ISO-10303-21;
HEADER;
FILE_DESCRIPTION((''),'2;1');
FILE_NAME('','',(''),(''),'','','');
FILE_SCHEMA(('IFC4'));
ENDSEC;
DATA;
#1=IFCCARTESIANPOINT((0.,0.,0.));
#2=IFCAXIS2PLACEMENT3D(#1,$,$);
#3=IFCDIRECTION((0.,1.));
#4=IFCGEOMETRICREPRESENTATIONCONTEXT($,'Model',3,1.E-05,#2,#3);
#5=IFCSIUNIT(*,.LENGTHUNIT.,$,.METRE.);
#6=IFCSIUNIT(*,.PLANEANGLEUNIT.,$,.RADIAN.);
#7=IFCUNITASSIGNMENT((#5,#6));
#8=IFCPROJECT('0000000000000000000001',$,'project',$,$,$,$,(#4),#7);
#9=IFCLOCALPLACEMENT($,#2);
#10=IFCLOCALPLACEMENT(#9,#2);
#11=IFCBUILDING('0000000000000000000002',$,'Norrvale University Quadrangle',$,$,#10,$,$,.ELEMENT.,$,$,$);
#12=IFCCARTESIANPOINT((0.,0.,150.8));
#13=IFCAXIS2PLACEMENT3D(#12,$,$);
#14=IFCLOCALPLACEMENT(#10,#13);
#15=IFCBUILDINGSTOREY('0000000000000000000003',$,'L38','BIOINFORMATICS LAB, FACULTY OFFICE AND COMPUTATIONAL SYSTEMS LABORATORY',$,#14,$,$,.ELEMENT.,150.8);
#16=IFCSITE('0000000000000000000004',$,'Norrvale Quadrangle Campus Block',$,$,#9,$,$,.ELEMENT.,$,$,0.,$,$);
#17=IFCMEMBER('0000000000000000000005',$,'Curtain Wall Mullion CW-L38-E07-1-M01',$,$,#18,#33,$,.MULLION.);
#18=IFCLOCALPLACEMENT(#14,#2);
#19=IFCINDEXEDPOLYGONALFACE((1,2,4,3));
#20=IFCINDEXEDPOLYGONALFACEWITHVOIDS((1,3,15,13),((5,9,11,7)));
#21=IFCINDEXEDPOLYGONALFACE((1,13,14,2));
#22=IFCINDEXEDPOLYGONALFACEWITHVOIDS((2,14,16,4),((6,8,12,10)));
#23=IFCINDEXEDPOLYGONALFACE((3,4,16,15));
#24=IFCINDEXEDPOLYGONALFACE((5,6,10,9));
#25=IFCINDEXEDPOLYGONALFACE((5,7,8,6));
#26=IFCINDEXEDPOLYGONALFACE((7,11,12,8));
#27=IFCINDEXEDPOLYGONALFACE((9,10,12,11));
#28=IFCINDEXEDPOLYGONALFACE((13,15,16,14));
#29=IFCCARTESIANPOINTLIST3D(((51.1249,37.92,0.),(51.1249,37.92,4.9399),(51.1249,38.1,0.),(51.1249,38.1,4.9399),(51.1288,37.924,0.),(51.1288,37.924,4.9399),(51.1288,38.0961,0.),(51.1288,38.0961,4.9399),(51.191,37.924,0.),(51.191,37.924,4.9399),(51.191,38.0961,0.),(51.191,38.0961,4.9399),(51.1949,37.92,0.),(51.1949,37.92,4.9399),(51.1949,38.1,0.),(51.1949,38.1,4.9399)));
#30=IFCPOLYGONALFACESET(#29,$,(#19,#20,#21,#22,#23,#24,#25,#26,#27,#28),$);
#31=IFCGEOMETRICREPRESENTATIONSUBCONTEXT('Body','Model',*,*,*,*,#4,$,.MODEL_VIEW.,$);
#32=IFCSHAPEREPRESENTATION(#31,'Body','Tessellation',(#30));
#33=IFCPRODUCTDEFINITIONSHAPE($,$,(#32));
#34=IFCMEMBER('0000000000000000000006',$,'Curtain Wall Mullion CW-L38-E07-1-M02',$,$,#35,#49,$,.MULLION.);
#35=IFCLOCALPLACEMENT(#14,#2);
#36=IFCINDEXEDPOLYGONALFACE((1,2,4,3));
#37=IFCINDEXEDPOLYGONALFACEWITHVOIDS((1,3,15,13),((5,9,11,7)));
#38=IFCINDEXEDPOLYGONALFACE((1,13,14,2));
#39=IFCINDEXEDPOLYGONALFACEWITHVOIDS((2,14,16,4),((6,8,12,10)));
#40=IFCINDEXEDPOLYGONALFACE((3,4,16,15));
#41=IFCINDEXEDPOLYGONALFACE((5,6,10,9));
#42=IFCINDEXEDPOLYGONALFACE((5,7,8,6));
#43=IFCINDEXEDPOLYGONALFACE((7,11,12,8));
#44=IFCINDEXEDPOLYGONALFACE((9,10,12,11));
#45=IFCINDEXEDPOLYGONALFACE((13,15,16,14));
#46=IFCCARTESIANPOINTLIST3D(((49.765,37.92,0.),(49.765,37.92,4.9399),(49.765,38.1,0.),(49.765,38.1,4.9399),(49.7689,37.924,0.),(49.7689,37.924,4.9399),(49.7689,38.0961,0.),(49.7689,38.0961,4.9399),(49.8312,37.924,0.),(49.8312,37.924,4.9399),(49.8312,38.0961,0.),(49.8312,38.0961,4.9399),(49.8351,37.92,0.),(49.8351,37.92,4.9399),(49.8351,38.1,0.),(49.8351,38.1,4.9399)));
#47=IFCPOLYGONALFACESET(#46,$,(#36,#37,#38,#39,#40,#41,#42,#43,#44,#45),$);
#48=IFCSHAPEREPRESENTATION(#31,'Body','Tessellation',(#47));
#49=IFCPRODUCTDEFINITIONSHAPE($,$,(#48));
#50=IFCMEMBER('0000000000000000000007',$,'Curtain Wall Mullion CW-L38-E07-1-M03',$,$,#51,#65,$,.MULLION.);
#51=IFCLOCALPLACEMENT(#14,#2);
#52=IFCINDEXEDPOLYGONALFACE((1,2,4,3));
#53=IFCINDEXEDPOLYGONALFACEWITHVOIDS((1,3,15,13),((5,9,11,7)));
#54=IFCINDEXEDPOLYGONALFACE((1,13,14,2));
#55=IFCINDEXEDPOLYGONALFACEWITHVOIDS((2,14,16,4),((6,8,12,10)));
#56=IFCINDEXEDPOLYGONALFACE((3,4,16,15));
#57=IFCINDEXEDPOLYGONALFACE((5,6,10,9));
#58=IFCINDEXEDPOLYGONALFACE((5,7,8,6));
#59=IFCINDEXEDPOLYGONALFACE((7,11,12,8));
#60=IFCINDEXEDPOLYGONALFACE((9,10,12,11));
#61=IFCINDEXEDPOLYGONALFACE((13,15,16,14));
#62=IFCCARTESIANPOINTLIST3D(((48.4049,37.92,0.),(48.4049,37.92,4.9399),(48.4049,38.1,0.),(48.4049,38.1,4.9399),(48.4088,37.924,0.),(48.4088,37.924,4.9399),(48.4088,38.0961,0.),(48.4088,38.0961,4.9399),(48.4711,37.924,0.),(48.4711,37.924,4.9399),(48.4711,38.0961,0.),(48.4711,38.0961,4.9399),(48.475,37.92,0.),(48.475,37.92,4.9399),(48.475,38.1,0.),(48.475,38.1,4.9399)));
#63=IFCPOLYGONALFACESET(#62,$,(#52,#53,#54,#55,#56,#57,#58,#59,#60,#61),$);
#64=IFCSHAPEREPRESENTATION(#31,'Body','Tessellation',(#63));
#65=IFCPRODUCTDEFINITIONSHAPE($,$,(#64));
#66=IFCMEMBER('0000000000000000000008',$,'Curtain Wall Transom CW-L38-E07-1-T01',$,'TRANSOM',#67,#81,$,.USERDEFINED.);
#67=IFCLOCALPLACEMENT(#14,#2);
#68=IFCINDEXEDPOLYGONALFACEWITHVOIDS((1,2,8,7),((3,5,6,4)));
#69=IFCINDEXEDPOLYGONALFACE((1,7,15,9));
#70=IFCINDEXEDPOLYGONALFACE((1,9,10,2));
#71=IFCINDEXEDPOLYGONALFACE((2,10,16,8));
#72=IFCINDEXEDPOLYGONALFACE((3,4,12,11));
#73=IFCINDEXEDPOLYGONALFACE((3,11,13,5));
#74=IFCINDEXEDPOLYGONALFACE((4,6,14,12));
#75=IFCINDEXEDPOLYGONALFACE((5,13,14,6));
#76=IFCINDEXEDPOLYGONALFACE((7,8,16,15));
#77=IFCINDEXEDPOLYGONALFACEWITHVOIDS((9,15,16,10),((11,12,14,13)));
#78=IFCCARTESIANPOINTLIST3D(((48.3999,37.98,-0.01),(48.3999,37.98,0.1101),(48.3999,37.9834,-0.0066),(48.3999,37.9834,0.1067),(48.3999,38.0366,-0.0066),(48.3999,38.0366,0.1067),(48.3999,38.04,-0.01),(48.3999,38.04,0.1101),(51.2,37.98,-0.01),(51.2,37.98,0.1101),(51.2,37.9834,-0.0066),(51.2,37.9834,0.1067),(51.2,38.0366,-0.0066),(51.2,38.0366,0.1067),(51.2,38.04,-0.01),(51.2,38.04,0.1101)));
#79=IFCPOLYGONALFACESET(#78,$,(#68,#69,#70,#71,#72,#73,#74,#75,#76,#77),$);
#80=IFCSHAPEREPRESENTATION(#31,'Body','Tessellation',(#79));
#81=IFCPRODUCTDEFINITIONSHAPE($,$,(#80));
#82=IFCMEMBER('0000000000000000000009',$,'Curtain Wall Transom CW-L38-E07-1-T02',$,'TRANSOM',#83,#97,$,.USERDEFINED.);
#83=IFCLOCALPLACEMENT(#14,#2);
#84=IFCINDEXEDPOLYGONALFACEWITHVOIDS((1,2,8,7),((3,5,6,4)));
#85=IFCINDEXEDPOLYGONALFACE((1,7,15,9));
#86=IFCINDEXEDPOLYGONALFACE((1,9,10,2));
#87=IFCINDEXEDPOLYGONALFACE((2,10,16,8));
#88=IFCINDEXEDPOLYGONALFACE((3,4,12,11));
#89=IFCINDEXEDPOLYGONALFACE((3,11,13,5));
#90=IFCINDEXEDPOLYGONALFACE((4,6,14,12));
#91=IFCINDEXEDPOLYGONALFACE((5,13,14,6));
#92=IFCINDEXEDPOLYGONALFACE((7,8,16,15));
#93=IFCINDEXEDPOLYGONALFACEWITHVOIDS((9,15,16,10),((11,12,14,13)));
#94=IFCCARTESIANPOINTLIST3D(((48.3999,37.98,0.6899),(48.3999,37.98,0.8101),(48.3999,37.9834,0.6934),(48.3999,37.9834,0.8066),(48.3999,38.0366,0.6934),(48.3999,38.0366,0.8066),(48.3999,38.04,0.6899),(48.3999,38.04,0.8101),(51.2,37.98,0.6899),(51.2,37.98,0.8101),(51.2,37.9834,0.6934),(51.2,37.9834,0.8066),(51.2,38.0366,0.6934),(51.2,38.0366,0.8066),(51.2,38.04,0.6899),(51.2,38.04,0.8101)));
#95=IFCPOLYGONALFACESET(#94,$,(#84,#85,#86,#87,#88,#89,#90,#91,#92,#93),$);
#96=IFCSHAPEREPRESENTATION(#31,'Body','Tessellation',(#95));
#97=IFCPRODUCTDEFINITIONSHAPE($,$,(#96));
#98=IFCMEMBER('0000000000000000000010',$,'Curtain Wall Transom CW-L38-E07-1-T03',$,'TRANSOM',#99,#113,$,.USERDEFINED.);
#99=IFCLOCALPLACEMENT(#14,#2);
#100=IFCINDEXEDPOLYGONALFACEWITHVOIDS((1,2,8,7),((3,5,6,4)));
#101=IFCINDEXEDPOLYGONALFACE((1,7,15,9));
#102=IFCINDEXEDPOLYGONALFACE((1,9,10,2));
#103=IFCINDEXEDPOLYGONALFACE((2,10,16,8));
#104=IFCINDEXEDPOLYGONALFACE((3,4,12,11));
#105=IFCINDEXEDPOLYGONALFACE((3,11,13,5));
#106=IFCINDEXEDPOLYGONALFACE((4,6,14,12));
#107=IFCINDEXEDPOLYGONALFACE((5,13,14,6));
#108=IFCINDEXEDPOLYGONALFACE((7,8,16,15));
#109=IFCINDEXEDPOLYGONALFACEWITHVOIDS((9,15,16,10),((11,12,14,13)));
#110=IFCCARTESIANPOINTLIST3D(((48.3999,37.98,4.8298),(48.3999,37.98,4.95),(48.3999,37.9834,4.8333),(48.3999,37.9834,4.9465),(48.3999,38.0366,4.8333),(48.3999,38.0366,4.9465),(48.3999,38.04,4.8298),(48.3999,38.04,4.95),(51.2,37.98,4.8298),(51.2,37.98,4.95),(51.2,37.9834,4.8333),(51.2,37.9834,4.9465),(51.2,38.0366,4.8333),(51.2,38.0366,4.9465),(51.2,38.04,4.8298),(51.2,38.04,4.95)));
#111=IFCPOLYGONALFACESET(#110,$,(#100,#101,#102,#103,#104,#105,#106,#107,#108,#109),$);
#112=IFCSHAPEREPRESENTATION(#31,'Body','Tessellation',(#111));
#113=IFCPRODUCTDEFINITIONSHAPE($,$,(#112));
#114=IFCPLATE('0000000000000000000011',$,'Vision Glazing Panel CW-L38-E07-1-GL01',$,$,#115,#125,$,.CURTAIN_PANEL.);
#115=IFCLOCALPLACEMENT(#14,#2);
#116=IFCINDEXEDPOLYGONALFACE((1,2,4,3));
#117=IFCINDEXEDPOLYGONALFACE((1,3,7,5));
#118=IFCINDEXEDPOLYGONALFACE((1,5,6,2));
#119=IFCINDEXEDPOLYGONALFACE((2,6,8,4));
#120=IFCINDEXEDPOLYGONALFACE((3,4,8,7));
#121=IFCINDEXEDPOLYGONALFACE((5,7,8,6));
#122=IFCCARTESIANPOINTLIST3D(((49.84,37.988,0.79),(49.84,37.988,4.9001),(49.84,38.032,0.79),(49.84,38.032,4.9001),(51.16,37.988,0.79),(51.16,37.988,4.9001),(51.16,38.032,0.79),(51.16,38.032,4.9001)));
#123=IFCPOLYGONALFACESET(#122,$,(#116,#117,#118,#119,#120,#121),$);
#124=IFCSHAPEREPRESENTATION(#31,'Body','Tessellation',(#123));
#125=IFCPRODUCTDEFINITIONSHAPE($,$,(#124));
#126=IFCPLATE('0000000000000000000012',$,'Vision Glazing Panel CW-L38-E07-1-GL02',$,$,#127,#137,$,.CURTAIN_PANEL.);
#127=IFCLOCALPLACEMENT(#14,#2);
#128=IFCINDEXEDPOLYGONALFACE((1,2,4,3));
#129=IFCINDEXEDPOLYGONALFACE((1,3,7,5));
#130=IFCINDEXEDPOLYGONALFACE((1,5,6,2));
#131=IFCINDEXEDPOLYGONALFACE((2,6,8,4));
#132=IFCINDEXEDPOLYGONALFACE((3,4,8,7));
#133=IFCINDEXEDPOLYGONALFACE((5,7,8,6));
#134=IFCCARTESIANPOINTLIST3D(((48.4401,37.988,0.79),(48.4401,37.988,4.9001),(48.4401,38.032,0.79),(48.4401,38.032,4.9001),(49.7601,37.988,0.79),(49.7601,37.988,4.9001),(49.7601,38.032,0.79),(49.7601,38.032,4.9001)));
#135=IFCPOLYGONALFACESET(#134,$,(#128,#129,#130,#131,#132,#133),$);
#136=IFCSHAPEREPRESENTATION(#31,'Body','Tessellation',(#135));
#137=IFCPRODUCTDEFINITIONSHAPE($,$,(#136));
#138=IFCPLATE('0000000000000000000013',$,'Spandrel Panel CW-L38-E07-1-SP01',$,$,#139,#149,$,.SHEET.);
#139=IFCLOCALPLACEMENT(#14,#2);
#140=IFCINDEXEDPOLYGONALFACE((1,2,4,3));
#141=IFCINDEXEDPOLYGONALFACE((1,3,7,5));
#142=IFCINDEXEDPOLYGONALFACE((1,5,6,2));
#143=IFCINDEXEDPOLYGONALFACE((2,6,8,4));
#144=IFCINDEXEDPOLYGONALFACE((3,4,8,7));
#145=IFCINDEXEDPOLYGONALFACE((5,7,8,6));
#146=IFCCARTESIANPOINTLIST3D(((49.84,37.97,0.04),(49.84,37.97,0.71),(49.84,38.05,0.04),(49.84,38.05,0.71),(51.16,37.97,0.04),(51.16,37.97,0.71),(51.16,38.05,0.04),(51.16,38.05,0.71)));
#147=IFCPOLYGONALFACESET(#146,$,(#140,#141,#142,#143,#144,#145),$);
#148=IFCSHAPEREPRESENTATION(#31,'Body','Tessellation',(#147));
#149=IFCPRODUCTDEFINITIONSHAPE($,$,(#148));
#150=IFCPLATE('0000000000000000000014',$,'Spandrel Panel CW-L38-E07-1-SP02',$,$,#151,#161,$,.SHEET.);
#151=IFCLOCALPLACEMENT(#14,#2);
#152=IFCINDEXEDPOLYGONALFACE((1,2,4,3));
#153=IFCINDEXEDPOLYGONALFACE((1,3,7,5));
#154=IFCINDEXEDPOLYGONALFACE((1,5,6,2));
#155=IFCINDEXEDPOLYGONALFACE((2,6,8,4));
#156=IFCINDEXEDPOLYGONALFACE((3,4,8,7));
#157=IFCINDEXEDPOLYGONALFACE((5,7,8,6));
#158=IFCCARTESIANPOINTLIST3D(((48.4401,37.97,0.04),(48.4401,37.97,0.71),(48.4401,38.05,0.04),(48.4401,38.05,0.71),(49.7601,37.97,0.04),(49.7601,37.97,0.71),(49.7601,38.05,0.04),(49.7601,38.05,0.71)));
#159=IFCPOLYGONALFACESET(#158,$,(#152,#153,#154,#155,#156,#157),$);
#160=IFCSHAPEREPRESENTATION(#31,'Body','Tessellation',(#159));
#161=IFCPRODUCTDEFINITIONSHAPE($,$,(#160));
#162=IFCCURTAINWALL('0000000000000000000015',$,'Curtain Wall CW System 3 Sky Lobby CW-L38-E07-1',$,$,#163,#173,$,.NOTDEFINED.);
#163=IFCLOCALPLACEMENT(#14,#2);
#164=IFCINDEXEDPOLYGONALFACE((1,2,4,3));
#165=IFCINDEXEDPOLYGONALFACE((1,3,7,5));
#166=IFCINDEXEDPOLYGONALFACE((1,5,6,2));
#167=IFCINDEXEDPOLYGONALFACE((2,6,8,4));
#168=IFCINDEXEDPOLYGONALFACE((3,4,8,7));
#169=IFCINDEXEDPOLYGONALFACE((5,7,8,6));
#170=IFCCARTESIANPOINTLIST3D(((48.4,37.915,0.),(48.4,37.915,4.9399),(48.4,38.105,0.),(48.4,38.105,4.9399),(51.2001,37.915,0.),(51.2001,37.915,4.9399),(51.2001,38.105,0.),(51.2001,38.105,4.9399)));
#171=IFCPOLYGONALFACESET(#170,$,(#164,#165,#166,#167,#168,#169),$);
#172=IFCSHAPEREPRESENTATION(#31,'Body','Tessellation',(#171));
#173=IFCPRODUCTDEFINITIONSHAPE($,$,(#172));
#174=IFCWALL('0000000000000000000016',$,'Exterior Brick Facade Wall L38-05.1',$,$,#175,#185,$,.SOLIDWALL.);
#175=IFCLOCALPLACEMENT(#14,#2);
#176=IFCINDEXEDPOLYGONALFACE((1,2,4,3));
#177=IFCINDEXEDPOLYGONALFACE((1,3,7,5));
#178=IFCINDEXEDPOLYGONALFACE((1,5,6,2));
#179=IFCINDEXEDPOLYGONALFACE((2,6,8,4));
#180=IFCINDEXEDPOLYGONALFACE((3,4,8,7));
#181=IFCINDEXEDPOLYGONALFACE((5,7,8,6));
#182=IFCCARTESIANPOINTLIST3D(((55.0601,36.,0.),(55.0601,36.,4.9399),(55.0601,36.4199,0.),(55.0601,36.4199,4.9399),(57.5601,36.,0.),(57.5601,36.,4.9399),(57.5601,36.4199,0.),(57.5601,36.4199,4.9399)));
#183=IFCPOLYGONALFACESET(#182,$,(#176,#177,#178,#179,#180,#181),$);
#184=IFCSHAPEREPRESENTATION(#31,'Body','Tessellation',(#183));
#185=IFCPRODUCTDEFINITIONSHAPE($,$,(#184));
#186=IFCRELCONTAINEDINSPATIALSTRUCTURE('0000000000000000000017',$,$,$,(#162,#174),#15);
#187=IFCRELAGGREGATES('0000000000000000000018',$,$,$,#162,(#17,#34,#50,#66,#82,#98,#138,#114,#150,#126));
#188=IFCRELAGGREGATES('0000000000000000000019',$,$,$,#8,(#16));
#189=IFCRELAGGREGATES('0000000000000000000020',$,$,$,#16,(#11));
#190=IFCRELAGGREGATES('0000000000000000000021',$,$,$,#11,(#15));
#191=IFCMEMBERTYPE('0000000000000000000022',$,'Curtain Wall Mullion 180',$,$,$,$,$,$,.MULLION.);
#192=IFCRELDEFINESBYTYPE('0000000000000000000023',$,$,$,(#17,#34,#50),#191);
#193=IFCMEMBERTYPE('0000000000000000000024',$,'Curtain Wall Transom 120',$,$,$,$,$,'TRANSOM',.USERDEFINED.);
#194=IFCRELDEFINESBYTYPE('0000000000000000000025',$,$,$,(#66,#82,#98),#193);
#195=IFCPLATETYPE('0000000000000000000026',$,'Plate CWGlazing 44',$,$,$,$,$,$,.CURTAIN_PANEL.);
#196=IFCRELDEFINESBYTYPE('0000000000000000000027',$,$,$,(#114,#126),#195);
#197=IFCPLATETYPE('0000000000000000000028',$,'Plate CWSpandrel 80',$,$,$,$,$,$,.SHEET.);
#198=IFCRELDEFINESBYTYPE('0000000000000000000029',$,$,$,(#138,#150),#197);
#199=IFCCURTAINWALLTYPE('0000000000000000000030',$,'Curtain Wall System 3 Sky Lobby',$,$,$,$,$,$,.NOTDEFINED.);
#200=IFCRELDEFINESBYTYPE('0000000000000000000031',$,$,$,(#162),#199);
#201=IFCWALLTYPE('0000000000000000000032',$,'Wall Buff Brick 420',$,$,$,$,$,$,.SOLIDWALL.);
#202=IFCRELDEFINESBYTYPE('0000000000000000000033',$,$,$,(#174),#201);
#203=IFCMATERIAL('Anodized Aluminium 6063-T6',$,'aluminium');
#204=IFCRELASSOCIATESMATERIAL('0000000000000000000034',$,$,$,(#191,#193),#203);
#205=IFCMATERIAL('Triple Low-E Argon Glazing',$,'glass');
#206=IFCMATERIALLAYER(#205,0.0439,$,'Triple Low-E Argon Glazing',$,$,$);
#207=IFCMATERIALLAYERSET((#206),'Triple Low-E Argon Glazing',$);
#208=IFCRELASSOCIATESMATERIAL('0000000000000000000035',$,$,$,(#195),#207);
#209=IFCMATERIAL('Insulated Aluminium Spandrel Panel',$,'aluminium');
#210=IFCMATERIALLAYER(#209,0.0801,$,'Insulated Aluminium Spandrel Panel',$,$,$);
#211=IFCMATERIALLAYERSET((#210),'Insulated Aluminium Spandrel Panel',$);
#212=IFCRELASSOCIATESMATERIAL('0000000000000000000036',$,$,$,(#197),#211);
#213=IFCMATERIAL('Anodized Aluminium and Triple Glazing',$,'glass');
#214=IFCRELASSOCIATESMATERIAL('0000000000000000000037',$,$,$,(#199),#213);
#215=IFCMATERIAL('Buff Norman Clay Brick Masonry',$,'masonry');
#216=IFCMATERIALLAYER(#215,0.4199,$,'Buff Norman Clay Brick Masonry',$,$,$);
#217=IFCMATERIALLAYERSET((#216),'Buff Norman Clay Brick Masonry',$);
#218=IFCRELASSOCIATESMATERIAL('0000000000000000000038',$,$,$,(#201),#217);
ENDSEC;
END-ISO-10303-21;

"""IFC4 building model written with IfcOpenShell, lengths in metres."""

from ifc_helpers import new_model, si_unit, direction, frame, frame_2d, origin, origin_2d, place, context, subcontext, project, spatial, rectangle, hollow_rectangle, extrude, material, layer, layer_set, material_profile, profile_set, type_object, element, aggregate, save


model = new_model("IFC4")

# Units and contexts
model_context = context("Model", 3, precision=1e-05, world=origin(), true_north=direction((0.0, 1.0)))
body_context = subcontext(model_context, "Body", "Model", "MODEL_VIEW")
ifc_project = project(units=[si_unit("LENGTHUNIT", "METRE"), si_unit("PLANEANGLEUNIT", "RADIAN")], contexts=[model_context])

# Site, building, storey
site_placement = place(None, origin())
site = spatial("IfcSite", under=ifc_project, at=site_placement, Name="Norrvale Quadrangle Campus Block", CompositionType="ELEMENT", RefElevation=0.0)
building_placement = place(site_placement, origin())
building = spatial("IfcBuilding", under=site, at=building_placement, Name="Norrvale University Quadrangle", CompositionType="ELEMENT")
storey_placement = place(building_placement, frame((0.0, 0.0, 150.8)))
storey = spatial("IfcBuildingStorey", under=building, at=storey_placement, Name="L38", Description="BIOINFORMATICS LAB, FACULTY OFFICE AND COMPUTATIONAL SYSTEMS LABORATORY", CompositionType="ELEMENT", Elevation=150.8)

# Members
ifc_material_1 = material(Name="Anodized Aluminium 6063-T6", Category="aluminium")
ifc_material_profile_1 = material_profile(ifc_material_1, hollow_rectangle(XDim=0.0701, YDim=0.1799, WallThickness=0.0039, at=origin_2d()), Name="Anodized Aluminium 6063-T6")
ifc_profile_set_1 = profile_set([ifc_material_profile_1], Name="Anodized Aluminium 6063-T6")
member_type_1 = type_object("IfcMemberType", Name="Curtain Wall Mullion 180", PredefinedType="MULLION", material=ifc_profile_set_1)
member_1_placement = place(storey_placement, frame((51.1599, 38.01, 0.0), z_axis=(0.0, 0.0, 1.0), x_axis=(-1.0, 0.0, 0.0)))
member_1 = element("IfcMember", 1, at=member_1_placement, type_object=member_type_1, Name="Curtain Wall Mullion CW-L38-E07-1-M01", PredefinedType="MULLION", context=body_context, shape_type="SweptSolid", body=[
    extrude(hollow_rectangle(XDim=0.0701, YDim=0.1799, WallThickness=0.0039, at=origin_2d()), origin(), (0.0, 0.0, 1.0), 4.9399),
])
member_2_placement = place(storey_placement, frame((49.8, 38.01, 0.0), z_axis=(0.0, 0.0, 1.0), x_axis=(-1.0, 0.0, 0.0)))
member_2 = element("IfcMember", 2, at=member_2_placement, type_object=member_type_1, Name="Curtain Wall Mullion CW-L38-E07-1-M02", PredefinedType="MULLION", context=body_context, shape_type="SweptSolid", body=[
    extrude(hollow_rectangle(XDim=0.0701, YDim=0.1799, WallThickness=0.0039, at=origin_2d()), origin(), (0.0, 0.0, 1.0), 4.9399),
])
member_3_placement = place(storey_placement, frame((48.4399, 38.01, 0.0), z_axis=(0.0, 0.0, 1.0), x_axis=(-1.0, 0.0, 0.0)))
member_3 = element("IfcMember", 3, at=member_3_placement, type_object=member_type_1, Name="Curtain Wall Mullion CW-L38-E07-1-M03", PredefinedType="MULLION", context=body_context, shape_type="SweptSolid", body=[
    extrude(hollow_rectangle(XDim=0.0701, YDim=0.1799, WallThickness=0.0039, at=origin_2d()), origin(), (0.0, 0.0, 1.0), 4.9399),
])
ifc_material_profile_2 = material_profile(ifc_material_1, hollow_rectangle(XDim=0.0601, YDim=0.1201, WallThickness=0.0034, at=origin_2d()), Name="Anodized Aluminium 6063-T6")
ifc_profile_set_2 = profile_set([ifc_material_profile_2], Name="Anodized Aluminium 6063-T6")
member_type_2 = type_object("IfcMemberType", Name="Curtain Wall Transom 120", ElementType="TRANSOM", PredefinedType="USERDEFINED", material=ifc_profile_set_2)
member_4_placement = place(storey_placement, frame((51.2, 38.01, 0.05), z_axis=(-1.0, 0.0, 0.0), x_axis=(0.0, -1.0, 0.0)))
member_4 = element("IfcMember", 4, at=member_4_placement, type_object=member_type_2, Name="Curtain Wall Transom CW-L38-E07-1-T01", ObjectType="TRANSOM", PredefinedType="USERDEFINED", context=body_context, shape_type="SweptSolid", body=[
    extrude(hollow_rectangle(XDim=0.0601, YDim=0.1201, WallThickness=0.0034, at=origin_2d()), origin(), (0.0, 0.0, 1.0), 2.8),
])
member_5_placement = place(storey_placement, frame((51.2, 38.01, 0.75), z_axis=(-1.0, 0.0, 0.0), x_axis=(0.0, -1.0, 0.0)))
member_5 = element("IfcMember", 5, at=member_5_placement, type_object=member_type_2, Name="Curtain Wall Transom CW-L38-E07-1-T02", ObjectType="TRANSOM", PredefinedType="USERDEFINED", context=body_context, shape_type="SweptSolid", body=[
    extrude(hollow_rectangle(XDim=0.0601, YDim=0.1201, WallThickness=0.0034, at=origin_2d()), origin(), (0.0, 0.0, 1.0), 2.8),
])
member_6_placement = place(storey_placement, frame((51.2, 38.01, 4.8899), z_axis=(-1.0, 0.0, 0.0), x_axis=(0.0, -1.0, 0.0)))
member_6 = element("IfcMember", 6, at=member_6_placement, type_object=member_type_2, Name="Curtain Wall Transom CW-L38-E07-1-T03", ObjectType="TRANSOM", PredefinedType="USERDEFINED", context=body_context, shape_type="SweptSolid", body=[
    extrude(hollow_rectangle(XDim=0.0601, YDim=0.1201, WallThickness=0.0034, at=origin_2d()), origin(), (0.0, 0.0, 1.0), 2.8),
])

# Plates
ifc_material_2 = material(Name="Triple Low-E Argon Glazing", Category="glass")
ifc_layer_1 = layer(ifc_material_2, 0.0439, Name="Triple Low-E Argon Glazing")
ifc_layer_set_1 = layer_set([ifc_layer_1], Name="Triple Low-E Argon Glazing")
plate_type_1 = type_object("IfcPlateType", Name="Plate CWGlazing 44", PredefinedType="CURTAIN_PANEL", material=ifc_layer_set_1)
plate_1_placement = place(storey_placement, frame((50.5, 38.01, 0.79), z_axis=(0.0, 0.0, 1.0), x_axis=(-1.0, 0.0, 0.0)))
plate_1 = element("IfcPlate", 7, at=plate_1_placement, type_object=plate_type_1, Name="Vision Glazing Panel CW-L38-E07-1-GL01", PredefinedType="CURTAIN_PANEL", context=body_context, shape_type="SweptSolid", body=[
    extrude(rectangle(XDim=1.3201, YDim=0.0439, at=origin_2d()), origin(), (0.0, 0.0, 1.0), 4.1101),
])
plate_2_placement = place(storey_placement, frame((49.1001, 38.01, 0.79), z_axis=(0.0, 0.0, 1.0), x_axis=(-1.0, 0.0, 0.0)))
plate_2 = element("IfcPlate", 8, at=plate_2_placement, type_object=plate_type_1, Name="Vision Glazing Panel CW-L38-E07-1-GL02", PredefinedType="CURTAIN_PANEL", context=body_context, shape_type="SweptSolid", body=[
    extrude(rectangle(XDim=1.3201, YDim=0.0439, at=origin_2d()), origin(), (0.0, 0.0, 1.0), 4.1101),
])
ifc_material_3 = material(Name="Insulated Aluminium Spandrel Panel", Category="aluminium")
ifc_layer_2 = layer(ifc_material_3, 0.0801, Name="Insulated Aluminium Spandrel Panel")
ifc_layer_set_2 = layer_set([ifc_layer_2], Name="Insulated Aluminium Spandrel Panel")
plate_type_2 = type_object("IfcPlateType", Name="Plate CWSpandrel 80", PredefinedType="SHEET", material=ifc_layer_set_2)
plate_3_placement = place(storey_placement, frame((50.5, 38.01, 0.04), z_axis=(0.0, 0.0, 1.0), x_axis=(-1.0, 0.0, 0.0)))
plate_3 = element("IfcPlate", 9, at=plate_3_placement, type_object=plate_type_2, Name="Spandrel Panel CW-L38-E07-1-SP01", PredefinedType="SHEET", context=body_context, shape_type="SweptSolid", body=[
    extrude(rectangle(XDim=1.3201, YDim=0.0801, at=origin_2d()), origin(), (0.0, 0.0, 1.0), 0.6699),
])
plate_4_placement = place(storey_placement, frame((49.1001, 38.01, 0.04), z_axis=(0.0, 0.0, 1.0), x_axis=(-1.0, 0.0, 0.0)))
plate_4 = element("IfcPlate", 10, at=plate_4_placement, type_object=plate_type_2, Name="Spandrel Panel CW-L38-E07-1-SP02", PredefinedType="SHEET", context=body_context, shape_type="SweptSolid", body=[
    extrude(rectangle(XDim=1.3201, YDim=0.0801, at=origin_2d()), origin(), (0.0, 0.0, 1.0), 0.6699),
])

# Curtain wall
ifc_material_4 = material(Name="Anodized Aluminium and Triple Glazing", Category="glass")
curtain_wall_type = type_object("IfcCurtainWallType", Name="Curtain Wall System 3 Sky Lobby", PredefinedType="NOTDEFINED", material=ifc_material_4)
curtain_wall_placement = place(storey_placement, frame((51.2, 38.01, 0.0), z_axis=(0.0, 0.0, 1.0), x_axis=(-1.0, 0.0, 0.0)))
curtain_wall = element("IfcCurtainWall", 11, at=curtain_wall_placement, inside=storey, type_object=curtain_wall_type, Name="Curtain Wall CW System 3 Sky Lobby CW-L38-E07-1", PredefinedType="NOTDEFINED", context=body_context, shape_type="SweptSolid", body=[
    extrude(rectangle(XDim=2.8, YDim=0.1899, at=frame_2d((1.3999, 0.0))), origin(), (0.0, 0.0, 1.0), 4.9399),
])
aggregate(curtain_wall, [member_1, member_2, member_3, member_4, member_5, member_6, plate_3, plate_1, plate_4, plate_2])

# Wall
ifc_material_5 = material(Name="Buff Norman Clay Brick Masonry", Category="masonry")
ifc_layer_3 = layer(ifc_material_5, 0.4199, Name="Buff Norman Clay Brick Masonry")
ifc_layer_set_3 = layer_set([ifc_layer_3], Name="Buff Norman Clay Brick Masonry")
wall_type = type_object("IfcWallType", Name="Wall Buff Brick 420", PredefinedType="SOLIDWALL", material=ifc_layer_set_3)
for number, where, z_axis, x_axis, name in (
    (12, (57.5601, 36.21, 0.0), (0.0, 0.0, 1.0), (-1.0, 0.0, 0.0), "Exterior Brick Facade Wall L38-05.1"),
):
    element("IfcWall", number, at=place(storey_placement, frame(where, z_axis=z_axis, x_axis=x_axis)), inside=storey, type_object=wall_type, Name=name, PredefinedType="SOLIDWALL", context=body_context, shape_type="SweptSolid", body=[
        extrude(rectangle(XDim=2.5, YDim=0.4199, at=frame_2d((1.25, 0.0))), origin(), (0.0, 0.0, 1.0), 4.9399),
    ])

save(model, "model.ifc")
